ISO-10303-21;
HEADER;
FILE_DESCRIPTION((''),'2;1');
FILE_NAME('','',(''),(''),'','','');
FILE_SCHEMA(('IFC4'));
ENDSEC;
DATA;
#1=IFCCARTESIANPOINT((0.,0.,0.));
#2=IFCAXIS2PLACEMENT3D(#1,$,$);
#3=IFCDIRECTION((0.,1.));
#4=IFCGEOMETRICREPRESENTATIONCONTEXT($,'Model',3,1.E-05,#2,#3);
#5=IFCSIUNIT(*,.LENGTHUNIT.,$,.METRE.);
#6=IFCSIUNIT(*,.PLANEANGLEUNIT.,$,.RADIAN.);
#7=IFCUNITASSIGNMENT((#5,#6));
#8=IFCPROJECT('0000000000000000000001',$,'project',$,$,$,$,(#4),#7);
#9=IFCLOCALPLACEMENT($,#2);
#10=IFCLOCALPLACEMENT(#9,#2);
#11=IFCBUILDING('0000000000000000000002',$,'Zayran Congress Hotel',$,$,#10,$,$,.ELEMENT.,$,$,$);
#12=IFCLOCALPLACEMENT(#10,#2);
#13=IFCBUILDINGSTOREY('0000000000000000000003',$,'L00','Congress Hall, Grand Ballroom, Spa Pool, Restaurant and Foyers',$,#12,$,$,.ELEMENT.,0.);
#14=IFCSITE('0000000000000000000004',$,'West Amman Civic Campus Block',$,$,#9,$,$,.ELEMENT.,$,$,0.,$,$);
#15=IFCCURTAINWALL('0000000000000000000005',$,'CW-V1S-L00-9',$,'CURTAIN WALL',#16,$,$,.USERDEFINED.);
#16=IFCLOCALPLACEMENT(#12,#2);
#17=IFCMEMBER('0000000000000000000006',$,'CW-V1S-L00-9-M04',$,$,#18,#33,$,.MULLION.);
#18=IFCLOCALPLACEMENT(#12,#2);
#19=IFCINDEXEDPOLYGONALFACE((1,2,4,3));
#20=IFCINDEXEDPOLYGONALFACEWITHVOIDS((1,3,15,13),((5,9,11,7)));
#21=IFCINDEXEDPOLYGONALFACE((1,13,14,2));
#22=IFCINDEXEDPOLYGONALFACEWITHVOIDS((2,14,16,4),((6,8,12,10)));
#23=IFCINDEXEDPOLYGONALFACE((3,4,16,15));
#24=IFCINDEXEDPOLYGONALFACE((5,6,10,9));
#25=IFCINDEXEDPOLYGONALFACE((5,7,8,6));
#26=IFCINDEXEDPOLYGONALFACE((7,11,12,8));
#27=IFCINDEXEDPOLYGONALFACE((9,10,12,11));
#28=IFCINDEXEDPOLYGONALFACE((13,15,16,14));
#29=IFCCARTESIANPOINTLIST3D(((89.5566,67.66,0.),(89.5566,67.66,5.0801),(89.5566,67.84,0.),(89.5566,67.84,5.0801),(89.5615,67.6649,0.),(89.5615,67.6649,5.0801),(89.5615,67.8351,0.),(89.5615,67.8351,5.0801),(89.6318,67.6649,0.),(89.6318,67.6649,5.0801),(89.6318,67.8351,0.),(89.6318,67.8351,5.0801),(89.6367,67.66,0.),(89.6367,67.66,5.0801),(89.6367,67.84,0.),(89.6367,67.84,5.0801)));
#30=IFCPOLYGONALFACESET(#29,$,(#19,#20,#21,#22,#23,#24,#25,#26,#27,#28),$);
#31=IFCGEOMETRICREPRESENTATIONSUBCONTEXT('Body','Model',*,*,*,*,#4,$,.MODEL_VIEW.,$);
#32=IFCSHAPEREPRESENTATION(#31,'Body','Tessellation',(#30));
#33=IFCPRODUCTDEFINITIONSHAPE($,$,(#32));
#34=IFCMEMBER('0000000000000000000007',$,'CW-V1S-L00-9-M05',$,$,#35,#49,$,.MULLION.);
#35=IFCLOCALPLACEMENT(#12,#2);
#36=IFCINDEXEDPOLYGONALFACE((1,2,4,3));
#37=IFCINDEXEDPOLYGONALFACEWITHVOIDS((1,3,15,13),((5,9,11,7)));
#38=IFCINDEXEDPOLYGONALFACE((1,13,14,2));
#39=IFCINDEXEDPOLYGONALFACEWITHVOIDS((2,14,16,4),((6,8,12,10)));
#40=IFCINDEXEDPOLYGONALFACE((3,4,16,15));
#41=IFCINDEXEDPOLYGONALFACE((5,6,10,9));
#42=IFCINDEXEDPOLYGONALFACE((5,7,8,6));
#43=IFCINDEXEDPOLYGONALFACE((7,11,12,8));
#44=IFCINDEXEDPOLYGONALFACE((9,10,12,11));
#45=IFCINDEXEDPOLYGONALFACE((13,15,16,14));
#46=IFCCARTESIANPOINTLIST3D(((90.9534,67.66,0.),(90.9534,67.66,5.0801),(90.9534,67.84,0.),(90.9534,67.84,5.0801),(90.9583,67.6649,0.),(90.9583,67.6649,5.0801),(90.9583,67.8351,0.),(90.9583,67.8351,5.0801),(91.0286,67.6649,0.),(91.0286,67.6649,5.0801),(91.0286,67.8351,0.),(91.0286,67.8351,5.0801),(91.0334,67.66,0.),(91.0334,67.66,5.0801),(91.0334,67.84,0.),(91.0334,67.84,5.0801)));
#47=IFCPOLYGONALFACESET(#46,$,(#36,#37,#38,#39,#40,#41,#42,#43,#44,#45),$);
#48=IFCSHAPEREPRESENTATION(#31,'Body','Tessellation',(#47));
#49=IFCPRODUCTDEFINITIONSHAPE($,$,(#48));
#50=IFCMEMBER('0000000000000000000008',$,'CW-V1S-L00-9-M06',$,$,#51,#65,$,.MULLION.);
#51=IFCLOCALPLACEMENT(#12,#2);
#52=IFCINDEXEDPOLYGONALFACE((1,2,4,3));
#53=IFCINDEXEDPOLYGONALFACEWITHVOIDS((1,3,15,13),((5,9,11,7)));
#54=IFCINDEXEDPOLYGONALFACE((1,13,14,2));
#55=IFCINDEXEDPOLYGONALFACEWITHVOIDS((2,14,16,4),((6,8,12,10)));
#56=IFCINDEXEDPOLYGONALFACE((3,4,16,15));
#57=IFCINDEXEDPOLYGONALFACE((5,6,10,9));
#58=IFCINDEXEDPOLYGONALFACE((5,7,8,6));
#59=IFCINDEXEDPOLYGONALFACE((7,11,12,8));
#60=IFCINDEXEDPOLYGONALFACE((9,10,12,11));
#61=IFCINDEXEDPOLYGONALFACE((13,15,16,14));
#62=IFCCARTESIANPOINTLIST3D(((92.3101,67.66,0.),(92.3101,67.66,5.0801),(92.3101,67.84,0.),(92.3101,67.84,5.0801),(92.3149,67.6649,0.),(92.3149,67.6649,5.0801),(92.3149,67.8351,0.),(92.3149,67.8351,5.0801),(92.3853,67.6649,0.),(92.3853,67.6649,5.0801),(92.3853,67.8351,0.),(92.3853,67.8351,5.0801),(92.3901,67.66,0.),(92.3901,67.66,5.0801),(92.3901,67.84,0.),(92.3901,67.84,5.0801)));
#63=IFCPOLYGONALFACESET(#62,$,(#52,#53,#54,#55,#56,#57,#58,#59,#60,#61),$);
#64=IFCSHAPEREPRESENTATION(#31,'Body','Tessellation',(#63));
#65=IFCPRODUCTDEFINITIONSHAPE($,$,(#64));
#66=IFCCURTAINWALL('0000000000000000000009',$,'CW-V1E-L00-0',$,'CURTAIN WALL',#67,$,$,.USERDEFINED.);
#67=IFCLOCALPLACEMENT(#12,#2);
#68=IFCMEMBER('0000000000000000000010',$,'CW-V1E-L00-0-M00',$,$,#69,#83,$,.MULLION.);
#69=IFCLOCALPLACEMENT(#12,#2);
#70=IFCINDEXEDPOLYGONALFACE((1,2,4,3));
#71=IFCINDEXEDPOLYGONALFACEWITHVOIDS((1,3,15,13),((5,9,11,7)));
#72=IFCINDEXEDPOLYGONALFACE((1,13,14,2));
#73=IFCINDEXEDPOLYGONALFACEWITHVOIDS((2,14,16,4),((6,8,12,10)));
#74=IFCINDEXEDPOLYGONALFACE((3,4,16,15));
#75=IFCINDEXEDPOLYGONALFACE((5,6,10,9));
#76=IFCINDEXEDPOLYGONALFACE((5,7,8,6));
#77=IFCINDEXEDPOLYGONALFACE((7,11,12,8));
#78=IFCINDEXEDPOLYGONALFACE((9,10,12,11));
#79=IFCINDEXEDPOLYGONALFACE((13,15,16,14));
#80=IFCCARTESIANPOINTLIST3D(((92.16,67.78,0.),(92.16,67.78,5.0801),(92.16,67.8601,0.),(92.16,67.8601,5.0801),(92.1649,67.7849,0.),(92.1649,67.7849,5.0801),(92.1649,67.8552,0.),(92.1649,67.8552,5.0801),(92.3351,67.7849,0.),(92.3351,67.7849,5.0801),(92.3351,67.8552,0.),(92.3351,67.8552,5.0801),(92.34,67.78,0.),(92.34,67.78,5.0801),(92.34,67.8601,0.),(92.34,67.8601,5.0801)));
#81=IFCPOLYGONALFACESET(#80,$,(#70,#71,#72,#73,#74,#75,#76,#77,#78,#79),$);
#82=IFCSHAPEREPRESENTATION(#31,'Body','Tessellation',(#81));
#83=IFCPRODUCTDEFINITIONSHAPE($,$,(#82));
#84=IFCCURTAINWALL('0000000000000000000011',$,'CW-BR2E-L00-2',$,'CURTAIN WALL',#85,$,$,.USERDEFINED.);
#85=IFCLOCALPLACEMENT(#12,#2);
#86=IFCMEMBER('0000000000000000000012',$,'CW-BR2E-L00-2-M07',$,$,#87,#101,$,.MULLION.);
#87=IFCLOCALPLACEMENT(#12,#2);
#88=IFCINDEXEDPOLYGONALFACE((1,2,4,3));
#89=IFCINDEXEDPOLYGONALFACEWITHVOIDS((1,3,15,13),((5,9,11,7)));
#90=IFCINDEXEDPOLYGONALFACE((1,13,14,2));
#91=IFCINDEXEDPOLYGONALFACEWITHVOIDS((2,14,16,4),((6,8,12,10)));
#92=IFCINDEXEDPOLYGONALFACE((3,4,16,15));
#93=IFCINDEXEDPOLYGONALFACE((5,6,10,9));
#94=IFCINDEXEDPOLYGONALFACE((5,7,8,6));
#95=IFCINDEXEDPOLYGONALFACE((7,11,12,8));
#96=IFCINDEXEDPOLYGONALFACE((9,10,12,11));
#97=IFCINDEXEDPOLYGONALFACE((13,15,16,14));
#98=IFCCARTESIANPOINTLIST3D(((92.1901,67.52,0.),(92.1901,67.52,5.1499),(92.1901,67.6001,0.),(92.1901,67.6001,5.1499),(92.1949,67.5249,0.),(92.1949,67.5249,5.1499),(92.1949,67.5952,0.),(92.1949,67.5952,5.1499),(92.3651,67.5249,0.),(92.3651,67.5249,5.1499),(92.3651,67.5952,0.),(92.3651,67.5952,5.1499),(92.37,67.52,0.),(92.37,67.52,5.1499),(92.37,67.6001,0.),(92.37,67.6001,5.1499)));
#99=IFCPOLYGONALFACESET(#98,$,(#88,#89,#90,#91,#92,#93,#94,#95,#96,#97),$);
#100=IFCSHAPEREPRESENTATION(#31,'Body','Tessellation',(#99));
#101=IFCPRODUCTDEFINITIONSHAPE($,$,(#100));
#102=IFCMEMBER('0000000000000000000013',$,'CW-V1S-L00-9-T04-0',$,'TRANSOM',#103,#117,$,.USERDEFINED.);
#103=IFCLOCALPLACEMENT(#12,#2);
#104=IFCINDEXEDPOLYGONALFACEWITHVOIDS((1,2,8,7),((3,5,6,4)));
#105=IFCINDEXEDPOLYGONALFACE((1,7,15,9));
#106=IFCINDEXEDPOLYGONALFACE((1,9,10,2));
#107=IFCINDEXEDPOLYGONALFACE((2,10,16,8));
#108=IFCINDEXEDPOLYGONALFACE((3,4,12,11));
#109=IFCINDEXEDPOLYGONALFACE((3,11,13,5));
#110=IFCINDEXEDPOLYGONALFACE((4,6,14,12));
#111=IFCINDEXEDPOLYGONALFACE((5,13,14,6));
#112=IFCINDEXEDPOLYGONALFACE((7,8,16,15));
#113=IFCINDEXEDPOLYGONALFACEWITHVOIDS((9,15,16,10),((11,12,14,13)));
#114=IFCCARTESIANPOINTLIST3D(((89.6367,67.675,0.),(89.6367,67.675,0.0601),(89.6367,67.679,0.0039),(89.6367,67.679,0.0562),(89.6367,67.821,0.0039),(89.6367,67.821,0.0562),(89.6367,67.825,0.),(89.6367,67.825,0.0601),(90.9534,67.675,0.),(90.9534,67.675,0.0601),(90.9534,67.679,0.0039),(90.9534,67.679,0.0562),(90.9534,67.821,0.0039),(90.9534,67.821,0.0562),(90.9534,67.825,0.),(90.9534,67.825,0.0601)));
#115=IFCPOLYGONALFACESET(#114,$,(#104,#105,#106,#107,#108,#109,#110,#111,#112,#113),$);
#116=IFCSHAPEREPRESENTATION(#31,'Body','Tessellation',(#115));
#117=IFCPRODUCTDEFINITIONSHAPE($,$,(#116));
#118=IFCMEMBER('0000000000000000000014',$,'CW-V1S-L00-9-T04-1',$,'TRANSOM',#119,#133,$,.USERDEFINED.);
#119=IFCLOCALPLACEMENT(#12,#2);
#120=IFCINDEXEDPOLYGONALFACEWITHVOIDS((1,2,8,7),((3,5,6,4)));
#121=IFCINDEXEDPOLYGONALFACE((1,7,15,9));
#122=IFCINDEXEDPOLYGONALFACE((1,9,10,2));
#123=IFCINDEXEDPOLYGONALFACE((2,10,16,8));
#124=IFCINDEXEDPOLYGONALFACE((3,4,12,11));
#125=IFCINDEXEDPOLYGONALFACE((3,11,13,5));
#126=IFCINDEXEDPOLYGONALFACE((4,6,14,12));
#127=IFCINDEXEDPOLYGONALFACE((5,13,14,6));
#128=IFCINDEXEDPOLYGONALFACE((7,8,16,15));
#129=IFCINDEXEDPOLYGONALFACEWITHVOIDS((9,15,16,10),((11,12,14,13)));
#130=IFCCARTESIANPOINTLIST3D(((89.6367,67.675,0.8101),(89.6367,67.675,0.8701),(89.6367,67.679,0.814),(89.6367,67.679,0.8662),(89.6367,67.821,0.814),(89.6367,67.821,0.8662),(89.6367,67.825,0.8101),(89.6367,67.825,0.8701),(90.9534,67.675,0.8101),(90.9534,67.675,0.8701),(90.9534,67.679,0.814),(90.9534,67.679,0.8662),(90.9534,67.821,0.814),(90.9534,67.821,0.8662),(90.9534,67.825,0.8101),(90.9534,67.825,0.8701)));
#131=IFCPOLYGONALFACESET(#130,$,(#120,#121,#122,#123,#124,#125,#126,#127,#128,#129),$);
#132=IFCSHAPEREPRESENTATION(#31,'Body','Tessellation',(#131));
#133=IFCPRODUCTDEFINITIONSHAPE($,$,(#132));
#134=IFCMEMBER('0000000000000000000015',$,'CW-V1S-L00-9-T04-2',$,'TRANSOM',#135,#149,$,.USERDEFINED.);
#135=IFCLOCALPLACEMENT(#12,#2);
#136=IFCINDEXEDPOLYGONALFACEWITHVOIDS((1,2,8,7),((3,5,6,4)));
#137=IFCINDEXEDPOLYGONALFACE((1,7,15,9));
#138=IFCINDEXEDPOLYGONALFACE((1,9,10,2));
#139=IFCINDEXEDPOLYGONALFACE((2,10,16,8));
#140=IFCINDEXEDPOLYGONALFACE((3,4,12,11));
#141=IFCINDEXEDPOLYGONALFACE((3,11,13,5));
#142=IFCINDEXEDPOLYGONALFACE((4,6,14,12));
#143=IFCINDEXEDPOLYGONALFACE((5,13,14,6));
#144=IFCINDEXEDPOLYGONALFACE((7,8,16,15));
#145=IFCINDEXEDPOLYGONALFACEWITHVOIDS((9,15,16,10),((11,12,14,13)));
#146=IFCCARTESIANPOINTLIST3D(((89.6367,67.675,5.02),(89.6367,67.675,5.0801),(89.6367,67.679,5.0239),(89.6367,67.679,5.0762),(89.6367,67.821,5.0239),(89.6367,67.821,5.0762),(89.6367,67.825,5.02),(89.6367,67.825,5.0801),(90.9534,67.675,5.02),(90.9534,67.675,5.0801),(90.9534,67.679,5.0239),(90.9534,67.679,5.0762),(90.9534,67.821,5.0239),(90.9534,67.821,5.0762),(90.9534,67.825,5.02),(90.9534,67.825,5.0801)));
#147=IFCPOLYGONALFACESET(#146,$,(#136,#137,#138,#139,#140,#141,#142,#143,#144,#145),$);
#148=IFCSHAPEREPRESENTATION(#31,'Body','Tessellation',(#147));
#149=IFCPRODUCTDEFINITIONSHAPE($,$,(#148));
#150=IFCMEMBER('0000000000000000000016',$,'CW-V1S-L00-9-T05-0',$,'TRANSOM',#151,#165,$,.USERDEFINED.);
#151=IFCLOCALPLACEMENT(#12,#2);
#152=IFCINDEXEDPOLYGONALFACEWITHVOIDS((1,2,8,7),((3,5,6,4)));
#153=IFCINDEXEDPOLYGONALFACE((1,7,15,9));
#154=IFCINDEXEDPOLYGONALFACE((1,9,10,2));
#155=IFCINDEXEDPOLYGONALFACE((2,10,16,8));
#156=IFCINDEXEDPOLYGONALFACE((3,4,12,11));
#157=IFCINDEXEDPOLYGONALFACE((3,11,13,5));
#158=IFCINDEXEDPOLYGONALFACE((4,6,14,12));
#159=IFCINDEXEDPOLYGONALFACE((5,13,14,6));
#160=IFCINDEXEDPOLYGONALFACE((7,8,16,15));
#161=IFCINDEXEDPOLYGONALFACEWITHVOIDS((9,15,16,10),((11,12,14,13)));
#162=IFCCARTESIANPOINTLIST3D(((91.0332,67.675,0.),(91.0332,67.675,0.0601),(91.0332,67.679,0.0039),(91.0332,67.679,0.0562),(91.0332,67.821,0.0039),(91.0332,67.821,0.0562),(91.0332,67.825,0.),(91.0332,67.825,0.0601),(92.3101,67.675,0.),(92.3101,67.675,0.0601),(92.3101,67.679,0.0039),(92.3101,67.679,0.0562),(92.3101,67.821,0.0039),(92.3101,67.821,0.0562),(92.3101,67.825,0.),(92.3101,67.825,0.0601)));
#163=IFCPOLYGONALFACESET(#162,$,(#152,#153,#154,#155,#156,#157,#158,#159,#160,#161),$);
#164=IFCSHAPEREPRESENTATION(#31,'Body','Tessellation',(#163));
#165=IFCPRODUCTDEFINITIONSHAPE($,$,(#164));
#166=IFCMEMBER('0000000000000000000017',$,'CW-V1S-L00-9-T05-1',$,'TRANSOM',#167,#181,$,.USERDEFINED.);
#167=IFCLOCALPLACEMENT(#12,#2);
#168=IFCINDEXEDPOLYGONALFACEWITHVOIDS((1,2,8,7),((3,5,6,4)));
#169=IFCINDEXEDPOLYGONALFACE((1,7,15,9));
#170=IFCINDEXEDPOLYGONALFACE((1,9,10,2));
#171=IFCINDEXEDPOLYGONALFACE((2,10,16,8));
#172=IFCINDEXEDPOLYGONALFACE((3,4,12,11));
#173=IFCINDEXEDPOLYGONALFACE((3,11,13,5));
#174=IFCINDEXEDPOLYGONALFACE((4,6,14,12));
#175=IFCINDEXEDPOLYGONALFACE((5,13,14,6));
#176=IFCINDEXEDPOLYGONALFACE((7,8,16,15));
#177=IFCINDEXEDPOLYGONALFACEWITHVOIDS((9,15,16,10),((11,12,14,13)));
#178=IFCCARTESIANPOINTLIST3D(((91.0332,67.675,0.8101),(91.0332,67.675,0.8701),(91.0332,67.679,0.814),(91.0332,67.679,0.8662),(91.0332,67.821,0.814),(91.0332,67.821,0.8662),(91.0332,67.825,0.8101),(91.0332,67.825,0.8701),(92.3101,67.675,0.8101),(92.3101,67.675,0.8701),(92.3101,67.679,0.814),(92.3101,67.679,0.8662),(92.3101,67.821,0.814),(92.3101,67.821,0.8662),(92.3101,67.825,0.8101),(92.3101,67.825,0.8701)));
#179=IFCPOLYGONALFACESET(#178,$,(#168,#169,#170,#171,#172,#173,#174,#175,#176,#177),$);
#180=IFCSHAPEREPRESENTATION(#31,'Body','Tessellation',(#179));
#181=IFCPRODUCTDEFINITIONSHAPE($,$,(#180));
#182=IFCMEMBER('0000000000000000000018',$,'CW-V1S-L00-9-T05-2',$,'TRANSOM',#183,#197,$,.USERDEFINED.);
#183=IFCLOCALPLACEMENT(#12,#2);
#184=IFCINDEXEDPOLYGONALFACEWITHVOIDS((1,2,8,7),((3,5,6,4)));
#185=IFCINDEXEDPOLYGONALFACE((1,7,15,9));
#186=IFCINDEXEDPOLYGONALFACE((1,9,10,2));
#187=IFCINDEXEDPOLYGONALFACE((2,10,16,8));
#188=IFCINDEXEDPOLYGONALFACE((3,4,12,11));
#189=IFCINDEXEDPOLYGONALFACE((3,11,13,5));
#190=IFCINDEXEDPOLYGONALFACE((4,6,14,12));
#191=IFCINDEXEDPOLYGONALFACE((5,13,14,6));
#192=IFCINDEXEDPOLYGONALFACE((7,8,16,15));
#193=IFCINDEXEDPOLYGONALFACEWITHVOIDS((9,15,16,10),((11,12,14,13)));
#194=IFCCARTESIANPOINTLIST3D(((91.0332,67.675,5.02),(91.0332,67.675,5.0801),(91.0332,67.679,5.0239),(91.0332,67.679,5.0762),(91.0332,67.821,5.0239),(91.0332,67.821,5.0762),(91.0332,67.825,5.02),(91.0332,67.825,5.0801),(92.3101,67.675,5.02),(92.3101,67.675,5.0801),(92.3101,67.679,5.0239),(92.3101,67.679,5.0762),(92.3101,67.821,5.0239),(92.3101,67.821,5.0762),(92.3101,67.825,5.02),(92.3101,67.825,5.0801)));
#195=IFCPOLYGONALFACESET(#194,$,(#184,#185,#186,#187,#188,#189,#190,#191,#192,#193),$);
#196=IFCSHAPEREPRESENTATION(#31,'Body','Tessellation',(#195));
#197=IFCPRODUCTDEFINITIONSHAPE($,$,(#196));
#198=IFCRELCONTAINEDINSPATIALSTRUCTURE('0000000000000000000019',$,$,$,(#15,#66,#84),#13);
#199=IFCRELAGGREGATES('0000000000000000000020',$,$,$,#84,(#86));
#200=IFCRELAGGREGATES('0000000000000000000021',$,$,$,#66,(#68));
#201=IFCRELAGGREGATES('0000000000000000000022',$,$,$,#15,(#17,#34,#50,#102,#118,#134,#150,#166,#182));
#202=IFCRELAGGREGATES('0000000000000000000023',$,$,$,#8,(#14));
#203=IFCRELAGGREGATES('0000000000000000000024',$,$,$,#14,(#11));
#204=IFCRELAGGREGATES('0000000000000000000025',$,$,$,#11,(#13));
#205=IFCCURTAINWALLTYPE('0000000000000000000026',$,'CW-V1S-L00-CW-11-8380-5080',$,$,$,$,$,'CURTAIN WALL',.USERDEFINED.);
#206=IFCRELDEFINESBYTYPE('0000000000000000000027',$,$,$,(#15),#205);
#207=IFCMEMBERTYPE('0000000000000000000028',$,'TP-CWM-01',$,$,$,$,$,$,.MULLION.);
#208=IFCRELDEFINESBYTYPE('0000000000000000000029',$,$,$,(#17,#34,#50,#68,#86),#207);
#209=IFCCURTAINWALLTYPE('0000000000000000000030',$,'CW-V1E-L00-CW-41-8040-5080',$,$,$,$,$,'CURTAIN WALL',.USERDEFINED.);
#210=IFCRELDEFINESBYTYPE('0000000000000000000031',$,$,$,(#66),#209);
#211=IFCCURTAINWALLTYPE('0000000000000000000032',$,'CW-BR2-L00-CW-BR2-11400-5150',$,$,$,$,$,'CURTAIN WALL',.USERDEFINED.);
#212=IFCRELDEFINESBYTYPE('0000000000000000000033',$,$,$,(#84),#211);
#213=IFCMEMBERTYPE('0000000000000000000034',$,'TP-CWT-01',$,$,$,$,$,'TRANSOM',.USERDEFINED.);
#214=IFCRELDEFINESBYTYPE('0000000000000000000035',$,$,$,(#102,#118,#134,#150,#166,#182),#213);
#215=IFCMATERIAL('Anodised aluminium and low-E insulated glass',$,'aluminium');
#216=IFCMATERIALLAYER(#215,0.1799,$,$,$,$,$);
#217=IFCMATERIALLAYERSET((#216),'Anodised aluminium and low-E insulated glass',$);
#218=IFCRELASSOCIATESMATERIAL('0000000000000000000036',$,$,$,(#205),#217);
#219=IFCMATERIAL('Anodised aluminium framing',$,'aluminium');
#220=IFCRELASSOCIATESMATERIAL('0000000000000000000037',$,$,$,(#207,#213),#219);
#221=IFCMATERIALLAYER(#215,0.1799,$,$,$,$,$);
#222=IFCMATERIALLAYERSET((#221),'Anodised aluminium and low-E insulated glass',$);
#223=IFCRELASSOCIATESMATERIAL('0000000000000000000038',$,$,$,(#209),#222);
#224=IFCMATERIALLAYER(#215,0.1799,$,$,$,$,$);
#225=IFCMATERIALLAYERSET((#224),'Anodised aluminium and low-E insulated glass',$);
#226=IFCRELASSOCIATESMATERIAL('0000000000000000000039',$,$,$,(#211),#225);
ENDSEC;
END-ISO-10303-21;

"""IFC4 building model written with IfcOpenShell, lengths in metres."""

from ifc_helpers import new_model, si_unit, direction, frame, origin, origin_2d, place, context, subcontext, project, spatial, hollow_rectangle, extrude, material, layer, layer_set, material_profile, profile_set, type_object, element, aggregate, save


model = new_model("IFC4")

# Units and contexts
model_context = context("Model", 3, precision=1e-05, world=origin(), true_north=direction((0.0, 1.0)))
body_context = subcontext(model_context, "Body", "Model", "MODEL_VIEW")
ifc_project = project(units=[si_unit("LENGTHUNIT", "METRE"), si_unit("PLANEANGLEUNIT", "RADIAN")], contexts=[model_context])

# Site, building, storey
site_placement = place(None, origin())
site = spatial("IfcSite", under=ifc_project, at=site_placement, Name="West Amman Civic Campus Block", CompositionType="ELEMENT", RefElevation=0.0)
building_placement = place(site_placement, origin())
building = spatial("IfcBuilding", under=site, at=building_placement, Name="Zayran Congress Hotel", CompositionType="ELEMENT")
storey_placement = place(building_placement, origin())
storey = spatial("IfcBuildingStorey", under=building, at=storey_placement, Name="L00", Description="Congress Hall, Grand Ballroom, Spa Pool, Restaurant and Foyers", CompositionType="ELEMENT", Elevation=0.0)

# Curtain wall, members
ifc_material_1 = material(Name="Anodised aluminium and low-E insulated glass", Category="aluminium")
ifc_layer_1 = layer(ifc_material_1, 0.1799)
ifc_layer_set_1 = layer_set([ifc_layer_1], Name="Anodised aluminium and low-E insulated glass")
curtain_wall_type_1 = type_object("IfcCurtainWallType", Name="CW-V1S-L00-CW-11-8380-5080", ElementType="CURTAIN WALL", PredefinedType="USERDEFINED", material=ifc_layer_set_1)
curtain_wall_1_placement = place(storey_placement, origin())
curtain_wall_1 = element("IfcCurtainWall", 1, at=curtain_wall_1_placement, inside=storey, type_object=curtain_wall_type_1, Name="CW-V1S-L00-9", ObjectType="CURTAIN WALL", PredefinedType="USERDEFINED")
ifc_material_2 = material(Name="Anodised aluminium framing", Category="aluminium")
ifc_material_profile_1 = material_profile(ifc_material_2, hollow_rectangle(XDim=0.0801, YDim=0.1799, WallThickness=0.0049, at=origin_2d()), Name="RHS 180x80x5")
ifc_profile_set_1 = profile_set([ifc_material_profile_1], Name="Anodised aluminium framing")
member_type_1 = type_object("IfcMemberType", Name="TP-CWM-01", PredefinedType="MULLION", material=ifc_profile_set_1)
member_1_placement = place(storey_placement, frame((89.5967, 67.75, 0.0), z_axis=(0.0, 0.0, 1.0), x_axis=(1.0, 0.0, 0.0)))
member_1 = element("IfcMember", 2, at=member_1_placement, type_object=member_type_1, Name="CW-V1S-L00-9-M04", PredefinedType="MULLION", context=body_context, shape_type="SweptSolid", body=[
    extrude(hollow_rectangle(XDim=0.0801, YDim=0.1799, WallThickness=0.0049, at=origin_2d()), origin(), (0.0, 0.0, 1.0), 5.0801),
])
member_2_placement = place(storey_placement, frame((90.9934, 67.75, 0.0), z_axis=(0.0, 0.0, 1.0), x_axis=(1.0, 0.0, 0.0)))
member_2 = element("IfcMember", 3, at=member_2_placement, type_object=member_type_1, Name="CW-V1S-L00-9-M05", PredefinedType="MULLION", context=body_context, shape_type="SweptSolid", body=[
    extrude(hollow_rectangle(XDim=0.0801, YDim=0.1799, WallThickness=0.0049, at=origin_2d()), origin(), (0.0, 0.0, 1.0), 5.0801),
])
member_3_placement = place(storey_placement, frame((92.3501, 67.75, 0.0), z_axis=(0.0, 0.0, 1.0), x_axis=(1.0, 0.0, 0.0)))
member_3 = element("IfcMember", 4, at=member_3_placement, type_object=member_type_1, Name="CW-V1S-L00-9-M06", PredefinedType="MULLION", context=body_context, shape_type="SweptSolid", body=[
    extrude(hollow_rectangle(XDim=0.0801, YDim=0.1799, WallThickness=0.0049, at=origin_2d()), origin(), (0.0, 0.0, 1.0), 5.0801),
])

# Curtain walls, members
ifc_layer_2 = layer(ifc_material_1, 0.1799)
ifc_layer_set_2 = layer_set([ifc_layer_2], Name="Anodised aluminium and low-E insulated glass")
curtain_wall_type_2 = type_object("IfcCurtainWallType", Name="CW-V1E-L00-CW-41-8040-5080", ElementType="CURTAIN WALL", PredefinedType="USERDEFINED", material=ifc_layer_set_2)
curtain_wall_2_placement = place(storey_placement, origin())
curtain_wall_2 = element("IfcCurtainWall", 5, at=curtain_wall_2_placement, inside=storey, type_object=curtain_wall_type_2, Name="CW-V1E-L00-0", ObjectType="CURTAIN WALL", PredefinedType="USERDEFINED")
member_4_placement = place(storey_placement, frame((92.25, 67.8201, 0.0), z_axis=(0.0, 0.0, 1.0), x_axis=(0.0, 1.0, 0.0)))
member_4 = element("IfcMember", 6, at=member_4_placement, type_object=member_type_1, Name="CW-V1E-L00-0-M00", PredefinedType="MULLION", context=body_context, shape_type="SweptSolid", body=[
    extrude(hollow_rectangle(XDim=0.0801, YDim=0.1799, WallThickness=0.0049, at=origin_2d()), origin(), (0.0, 0.0, 1.0), 5.0801),
])
ifc_layer_3 = layer(ifc_material_1, 0.1799)
ifc_layer_set_3 = layer_set([ifc_layer_3], Name="Anodised aluminium and low-E insulated glass")
curtain_wall_type_3 = type_object("IfcCurtainWallType", Name="CW-BR2-L00-CW-BR2-11400-5150", ElementType="CURTAIN WALL", PredefinedType="USERDEFINED", material=ifc_layer_set_3)
curtain_wall_3_placement = place(storey_placement, origin())
curtain_wall_3 = element("IfcCurtainWall", 7, at=curtain_wall_3_placement, inside=storey, type_object=curtain_wall_type_3, Name="CW-BR2E-L00-2", ObjectType="CURTAIN WALL", PredefinedType="USERDEFINED")
member_5_placement = place(storey_placement, frame((92.28, 67.5601, 0.0), z_axis=(0.0, 0.0, 1.0), x_axis=(0.0, 1.0, 0.0)))
member_5 = element("IfcMember", 8, at=member_5_placement, type_object=member_type_1, Name="CW-BR2E-L00-2-M07", PredefinedType="MULLION", context=body_context, shape_type="SweptSolid", body=[
    extrude(hollow_rectangle(XDim=0.0801, YDim=0.1799, WallThickness=0.0049, at=origin_2d()), origin(), (0.0, 0.0, 1.0), 5.1499),
])
aggregate(curtain_wall_3, [member_5])

# Members
ifc_material_profile_2 = material_profile(ifc_material_2, hollow_rectangle(XDim=0.0601, YDim=0.1499, WallThickness=0.0039, at=origin_2d()), Name="RHS 150x60x4")
ifc_profile_set_2 = profile_set([ifc_material_profile_2], Name="Anodised aluminium framing")
member_type_2 = type_object("IfcMemberType", Name="TP-CWT-01", ElementType="TRANSOM", PredefinedType="USERDEFINED", material=ifc_profile_set_2)
member_6_placement = place(storey_placement, frame((89.6367, 67.75, 0.03), z_axis=(1.0, 0.0, 0.0), x_axis=(0.0, 0.0, 1.0)))
member_6 = element("IfcMember", 9, at=member_6_placement, type_object=member_type_2, Name="CW-V1S-L00-9-T04-0", ObjectType="TRANSOM", PredefinedType="USERDEFINED", context=body_context, shape_type="SweptSolid", body=[
    extrude(hollow_rectangle(XDim=0.0601, YDim=0.1499, WallThickness=0.0039, at=origin_2d()), origin(), (0.0, 0.0, 1.0), 1.3167),
])
member_7_placement = place(storey_placement, frame((89.6367, 67.75, 0.8401), z_axis=(1.0, 0.0, 0.0), x_axis=(0.0, 0.0, 1.0)))
member_7 = element("IfcMember", 10, at=member_7_placement, type_object=member_type_2, Name="CW-V1S-L00-9-T04-1", ObjectType="TRANSOM", PredefinedType="USERDEFINED", context=body_context, shape_type="SweptSolid", body=[
    extrude(hollow_rectangle(XDim=0.0601, YDim=0.1499, WallThickness=0.0039, at=origin_2d()), origin(), (0.0, 0.0, 1.0), 1.3167),
])
member_8_placement = place(storey_placement, frame((89.6367, 67.75, 5.05), z_axis=(1.0, 0.0, 0.0), x_axis=(0.0, 0.0, 1.0)))
member_8 = element("IfcMember", 11, at=member_8_placement, type_object=member_type_2, Name="CW-V1S-L00-9-T04-2", ObjectType="TRANSOM", PredefinedType="USERDEFINED", context=body_context, shape_type="SweptSolid", body=[
    extrude(hollow_rectangle(XDim=0.0601, YDim=0.1499, WallThickness=0.0039, at=origin_2d()), origin(), (0.0, 0.0, 1.0), 1.3167),
])
member_9_placement = place(storey_placement, frame((91.0332, 67.75, 0.03), z_axis=(1.0, 0.0, 0.0), x_axis=(0.0, 0.0, 1.0)))
member_9 = element("IfcMember", 12, at=member_9_placement, type_object=member_type_2, Name="CW-V1S-L00-9-T05-0", ObjectType="TRANSOM", PredefinedType="USERDEFINED", context=body_context, shape_type="SweptSolid", body=[
    extrude(hollow_rectangle(XDim=0.0601, YDim=0.1499, WallThickness=0.0039, at=origin_2d()), origin(), (0.0, 0.0, 1.0), 1.2769),
])
member_10_placement = place(storey_placement, frame((91.0332, 67.75, 0.8401), z_axis=(1.0, 0.0, 0.0), x_axis=(0.0, 0.0, 1.0)))
member_10 = element("IfcMember", 13, at=member_10_placement, type_object=member_type_2, Name="CW-V1S-L00-9-T05-1", ObjectType="TRANSOM", PredefinedType="USERDEFINED", context=body_context, shape_type="SweptSolid", body=[
    extrude(hollow_rectangle(XDim=0.0601, YDim=0.1499, WallThickness=0.0039, at=origin_2d()), origin(), (0.0, 0.0, 1.0), 1.2769),
])
member_11_placement = place(storey_placement, frame((91.0332, 67.75, 5.05), z_axis=(1.0, 0.0, 0.0), x_axis=(0.0, 0.0, 1.0)))
member_11 = element("IfcMember", 14, at=member_11_placement, type_object=member_type_2, Name="CW-V1S-L00-9-T05-2", ObjectType="TRANSOM", PredefinedType="USERDEFINED", context=body_context, shape_type="SweptSolid", body=[
    extrude(hollow_rectangle(XDim=0.0601, YDim=0.1499, WallThickness=0.0039, at=origin_2d()), origin(), (0.0, 0.0, 1.0), 1.2769),
])
aggregate(curtain_wall_2, [member_4])

aggregate(curtain_wall_1, [member_1, member_2, member_3, member_6, member_7, member_8, member_9, member_10, member_11])

save(model, "model.ifc")
